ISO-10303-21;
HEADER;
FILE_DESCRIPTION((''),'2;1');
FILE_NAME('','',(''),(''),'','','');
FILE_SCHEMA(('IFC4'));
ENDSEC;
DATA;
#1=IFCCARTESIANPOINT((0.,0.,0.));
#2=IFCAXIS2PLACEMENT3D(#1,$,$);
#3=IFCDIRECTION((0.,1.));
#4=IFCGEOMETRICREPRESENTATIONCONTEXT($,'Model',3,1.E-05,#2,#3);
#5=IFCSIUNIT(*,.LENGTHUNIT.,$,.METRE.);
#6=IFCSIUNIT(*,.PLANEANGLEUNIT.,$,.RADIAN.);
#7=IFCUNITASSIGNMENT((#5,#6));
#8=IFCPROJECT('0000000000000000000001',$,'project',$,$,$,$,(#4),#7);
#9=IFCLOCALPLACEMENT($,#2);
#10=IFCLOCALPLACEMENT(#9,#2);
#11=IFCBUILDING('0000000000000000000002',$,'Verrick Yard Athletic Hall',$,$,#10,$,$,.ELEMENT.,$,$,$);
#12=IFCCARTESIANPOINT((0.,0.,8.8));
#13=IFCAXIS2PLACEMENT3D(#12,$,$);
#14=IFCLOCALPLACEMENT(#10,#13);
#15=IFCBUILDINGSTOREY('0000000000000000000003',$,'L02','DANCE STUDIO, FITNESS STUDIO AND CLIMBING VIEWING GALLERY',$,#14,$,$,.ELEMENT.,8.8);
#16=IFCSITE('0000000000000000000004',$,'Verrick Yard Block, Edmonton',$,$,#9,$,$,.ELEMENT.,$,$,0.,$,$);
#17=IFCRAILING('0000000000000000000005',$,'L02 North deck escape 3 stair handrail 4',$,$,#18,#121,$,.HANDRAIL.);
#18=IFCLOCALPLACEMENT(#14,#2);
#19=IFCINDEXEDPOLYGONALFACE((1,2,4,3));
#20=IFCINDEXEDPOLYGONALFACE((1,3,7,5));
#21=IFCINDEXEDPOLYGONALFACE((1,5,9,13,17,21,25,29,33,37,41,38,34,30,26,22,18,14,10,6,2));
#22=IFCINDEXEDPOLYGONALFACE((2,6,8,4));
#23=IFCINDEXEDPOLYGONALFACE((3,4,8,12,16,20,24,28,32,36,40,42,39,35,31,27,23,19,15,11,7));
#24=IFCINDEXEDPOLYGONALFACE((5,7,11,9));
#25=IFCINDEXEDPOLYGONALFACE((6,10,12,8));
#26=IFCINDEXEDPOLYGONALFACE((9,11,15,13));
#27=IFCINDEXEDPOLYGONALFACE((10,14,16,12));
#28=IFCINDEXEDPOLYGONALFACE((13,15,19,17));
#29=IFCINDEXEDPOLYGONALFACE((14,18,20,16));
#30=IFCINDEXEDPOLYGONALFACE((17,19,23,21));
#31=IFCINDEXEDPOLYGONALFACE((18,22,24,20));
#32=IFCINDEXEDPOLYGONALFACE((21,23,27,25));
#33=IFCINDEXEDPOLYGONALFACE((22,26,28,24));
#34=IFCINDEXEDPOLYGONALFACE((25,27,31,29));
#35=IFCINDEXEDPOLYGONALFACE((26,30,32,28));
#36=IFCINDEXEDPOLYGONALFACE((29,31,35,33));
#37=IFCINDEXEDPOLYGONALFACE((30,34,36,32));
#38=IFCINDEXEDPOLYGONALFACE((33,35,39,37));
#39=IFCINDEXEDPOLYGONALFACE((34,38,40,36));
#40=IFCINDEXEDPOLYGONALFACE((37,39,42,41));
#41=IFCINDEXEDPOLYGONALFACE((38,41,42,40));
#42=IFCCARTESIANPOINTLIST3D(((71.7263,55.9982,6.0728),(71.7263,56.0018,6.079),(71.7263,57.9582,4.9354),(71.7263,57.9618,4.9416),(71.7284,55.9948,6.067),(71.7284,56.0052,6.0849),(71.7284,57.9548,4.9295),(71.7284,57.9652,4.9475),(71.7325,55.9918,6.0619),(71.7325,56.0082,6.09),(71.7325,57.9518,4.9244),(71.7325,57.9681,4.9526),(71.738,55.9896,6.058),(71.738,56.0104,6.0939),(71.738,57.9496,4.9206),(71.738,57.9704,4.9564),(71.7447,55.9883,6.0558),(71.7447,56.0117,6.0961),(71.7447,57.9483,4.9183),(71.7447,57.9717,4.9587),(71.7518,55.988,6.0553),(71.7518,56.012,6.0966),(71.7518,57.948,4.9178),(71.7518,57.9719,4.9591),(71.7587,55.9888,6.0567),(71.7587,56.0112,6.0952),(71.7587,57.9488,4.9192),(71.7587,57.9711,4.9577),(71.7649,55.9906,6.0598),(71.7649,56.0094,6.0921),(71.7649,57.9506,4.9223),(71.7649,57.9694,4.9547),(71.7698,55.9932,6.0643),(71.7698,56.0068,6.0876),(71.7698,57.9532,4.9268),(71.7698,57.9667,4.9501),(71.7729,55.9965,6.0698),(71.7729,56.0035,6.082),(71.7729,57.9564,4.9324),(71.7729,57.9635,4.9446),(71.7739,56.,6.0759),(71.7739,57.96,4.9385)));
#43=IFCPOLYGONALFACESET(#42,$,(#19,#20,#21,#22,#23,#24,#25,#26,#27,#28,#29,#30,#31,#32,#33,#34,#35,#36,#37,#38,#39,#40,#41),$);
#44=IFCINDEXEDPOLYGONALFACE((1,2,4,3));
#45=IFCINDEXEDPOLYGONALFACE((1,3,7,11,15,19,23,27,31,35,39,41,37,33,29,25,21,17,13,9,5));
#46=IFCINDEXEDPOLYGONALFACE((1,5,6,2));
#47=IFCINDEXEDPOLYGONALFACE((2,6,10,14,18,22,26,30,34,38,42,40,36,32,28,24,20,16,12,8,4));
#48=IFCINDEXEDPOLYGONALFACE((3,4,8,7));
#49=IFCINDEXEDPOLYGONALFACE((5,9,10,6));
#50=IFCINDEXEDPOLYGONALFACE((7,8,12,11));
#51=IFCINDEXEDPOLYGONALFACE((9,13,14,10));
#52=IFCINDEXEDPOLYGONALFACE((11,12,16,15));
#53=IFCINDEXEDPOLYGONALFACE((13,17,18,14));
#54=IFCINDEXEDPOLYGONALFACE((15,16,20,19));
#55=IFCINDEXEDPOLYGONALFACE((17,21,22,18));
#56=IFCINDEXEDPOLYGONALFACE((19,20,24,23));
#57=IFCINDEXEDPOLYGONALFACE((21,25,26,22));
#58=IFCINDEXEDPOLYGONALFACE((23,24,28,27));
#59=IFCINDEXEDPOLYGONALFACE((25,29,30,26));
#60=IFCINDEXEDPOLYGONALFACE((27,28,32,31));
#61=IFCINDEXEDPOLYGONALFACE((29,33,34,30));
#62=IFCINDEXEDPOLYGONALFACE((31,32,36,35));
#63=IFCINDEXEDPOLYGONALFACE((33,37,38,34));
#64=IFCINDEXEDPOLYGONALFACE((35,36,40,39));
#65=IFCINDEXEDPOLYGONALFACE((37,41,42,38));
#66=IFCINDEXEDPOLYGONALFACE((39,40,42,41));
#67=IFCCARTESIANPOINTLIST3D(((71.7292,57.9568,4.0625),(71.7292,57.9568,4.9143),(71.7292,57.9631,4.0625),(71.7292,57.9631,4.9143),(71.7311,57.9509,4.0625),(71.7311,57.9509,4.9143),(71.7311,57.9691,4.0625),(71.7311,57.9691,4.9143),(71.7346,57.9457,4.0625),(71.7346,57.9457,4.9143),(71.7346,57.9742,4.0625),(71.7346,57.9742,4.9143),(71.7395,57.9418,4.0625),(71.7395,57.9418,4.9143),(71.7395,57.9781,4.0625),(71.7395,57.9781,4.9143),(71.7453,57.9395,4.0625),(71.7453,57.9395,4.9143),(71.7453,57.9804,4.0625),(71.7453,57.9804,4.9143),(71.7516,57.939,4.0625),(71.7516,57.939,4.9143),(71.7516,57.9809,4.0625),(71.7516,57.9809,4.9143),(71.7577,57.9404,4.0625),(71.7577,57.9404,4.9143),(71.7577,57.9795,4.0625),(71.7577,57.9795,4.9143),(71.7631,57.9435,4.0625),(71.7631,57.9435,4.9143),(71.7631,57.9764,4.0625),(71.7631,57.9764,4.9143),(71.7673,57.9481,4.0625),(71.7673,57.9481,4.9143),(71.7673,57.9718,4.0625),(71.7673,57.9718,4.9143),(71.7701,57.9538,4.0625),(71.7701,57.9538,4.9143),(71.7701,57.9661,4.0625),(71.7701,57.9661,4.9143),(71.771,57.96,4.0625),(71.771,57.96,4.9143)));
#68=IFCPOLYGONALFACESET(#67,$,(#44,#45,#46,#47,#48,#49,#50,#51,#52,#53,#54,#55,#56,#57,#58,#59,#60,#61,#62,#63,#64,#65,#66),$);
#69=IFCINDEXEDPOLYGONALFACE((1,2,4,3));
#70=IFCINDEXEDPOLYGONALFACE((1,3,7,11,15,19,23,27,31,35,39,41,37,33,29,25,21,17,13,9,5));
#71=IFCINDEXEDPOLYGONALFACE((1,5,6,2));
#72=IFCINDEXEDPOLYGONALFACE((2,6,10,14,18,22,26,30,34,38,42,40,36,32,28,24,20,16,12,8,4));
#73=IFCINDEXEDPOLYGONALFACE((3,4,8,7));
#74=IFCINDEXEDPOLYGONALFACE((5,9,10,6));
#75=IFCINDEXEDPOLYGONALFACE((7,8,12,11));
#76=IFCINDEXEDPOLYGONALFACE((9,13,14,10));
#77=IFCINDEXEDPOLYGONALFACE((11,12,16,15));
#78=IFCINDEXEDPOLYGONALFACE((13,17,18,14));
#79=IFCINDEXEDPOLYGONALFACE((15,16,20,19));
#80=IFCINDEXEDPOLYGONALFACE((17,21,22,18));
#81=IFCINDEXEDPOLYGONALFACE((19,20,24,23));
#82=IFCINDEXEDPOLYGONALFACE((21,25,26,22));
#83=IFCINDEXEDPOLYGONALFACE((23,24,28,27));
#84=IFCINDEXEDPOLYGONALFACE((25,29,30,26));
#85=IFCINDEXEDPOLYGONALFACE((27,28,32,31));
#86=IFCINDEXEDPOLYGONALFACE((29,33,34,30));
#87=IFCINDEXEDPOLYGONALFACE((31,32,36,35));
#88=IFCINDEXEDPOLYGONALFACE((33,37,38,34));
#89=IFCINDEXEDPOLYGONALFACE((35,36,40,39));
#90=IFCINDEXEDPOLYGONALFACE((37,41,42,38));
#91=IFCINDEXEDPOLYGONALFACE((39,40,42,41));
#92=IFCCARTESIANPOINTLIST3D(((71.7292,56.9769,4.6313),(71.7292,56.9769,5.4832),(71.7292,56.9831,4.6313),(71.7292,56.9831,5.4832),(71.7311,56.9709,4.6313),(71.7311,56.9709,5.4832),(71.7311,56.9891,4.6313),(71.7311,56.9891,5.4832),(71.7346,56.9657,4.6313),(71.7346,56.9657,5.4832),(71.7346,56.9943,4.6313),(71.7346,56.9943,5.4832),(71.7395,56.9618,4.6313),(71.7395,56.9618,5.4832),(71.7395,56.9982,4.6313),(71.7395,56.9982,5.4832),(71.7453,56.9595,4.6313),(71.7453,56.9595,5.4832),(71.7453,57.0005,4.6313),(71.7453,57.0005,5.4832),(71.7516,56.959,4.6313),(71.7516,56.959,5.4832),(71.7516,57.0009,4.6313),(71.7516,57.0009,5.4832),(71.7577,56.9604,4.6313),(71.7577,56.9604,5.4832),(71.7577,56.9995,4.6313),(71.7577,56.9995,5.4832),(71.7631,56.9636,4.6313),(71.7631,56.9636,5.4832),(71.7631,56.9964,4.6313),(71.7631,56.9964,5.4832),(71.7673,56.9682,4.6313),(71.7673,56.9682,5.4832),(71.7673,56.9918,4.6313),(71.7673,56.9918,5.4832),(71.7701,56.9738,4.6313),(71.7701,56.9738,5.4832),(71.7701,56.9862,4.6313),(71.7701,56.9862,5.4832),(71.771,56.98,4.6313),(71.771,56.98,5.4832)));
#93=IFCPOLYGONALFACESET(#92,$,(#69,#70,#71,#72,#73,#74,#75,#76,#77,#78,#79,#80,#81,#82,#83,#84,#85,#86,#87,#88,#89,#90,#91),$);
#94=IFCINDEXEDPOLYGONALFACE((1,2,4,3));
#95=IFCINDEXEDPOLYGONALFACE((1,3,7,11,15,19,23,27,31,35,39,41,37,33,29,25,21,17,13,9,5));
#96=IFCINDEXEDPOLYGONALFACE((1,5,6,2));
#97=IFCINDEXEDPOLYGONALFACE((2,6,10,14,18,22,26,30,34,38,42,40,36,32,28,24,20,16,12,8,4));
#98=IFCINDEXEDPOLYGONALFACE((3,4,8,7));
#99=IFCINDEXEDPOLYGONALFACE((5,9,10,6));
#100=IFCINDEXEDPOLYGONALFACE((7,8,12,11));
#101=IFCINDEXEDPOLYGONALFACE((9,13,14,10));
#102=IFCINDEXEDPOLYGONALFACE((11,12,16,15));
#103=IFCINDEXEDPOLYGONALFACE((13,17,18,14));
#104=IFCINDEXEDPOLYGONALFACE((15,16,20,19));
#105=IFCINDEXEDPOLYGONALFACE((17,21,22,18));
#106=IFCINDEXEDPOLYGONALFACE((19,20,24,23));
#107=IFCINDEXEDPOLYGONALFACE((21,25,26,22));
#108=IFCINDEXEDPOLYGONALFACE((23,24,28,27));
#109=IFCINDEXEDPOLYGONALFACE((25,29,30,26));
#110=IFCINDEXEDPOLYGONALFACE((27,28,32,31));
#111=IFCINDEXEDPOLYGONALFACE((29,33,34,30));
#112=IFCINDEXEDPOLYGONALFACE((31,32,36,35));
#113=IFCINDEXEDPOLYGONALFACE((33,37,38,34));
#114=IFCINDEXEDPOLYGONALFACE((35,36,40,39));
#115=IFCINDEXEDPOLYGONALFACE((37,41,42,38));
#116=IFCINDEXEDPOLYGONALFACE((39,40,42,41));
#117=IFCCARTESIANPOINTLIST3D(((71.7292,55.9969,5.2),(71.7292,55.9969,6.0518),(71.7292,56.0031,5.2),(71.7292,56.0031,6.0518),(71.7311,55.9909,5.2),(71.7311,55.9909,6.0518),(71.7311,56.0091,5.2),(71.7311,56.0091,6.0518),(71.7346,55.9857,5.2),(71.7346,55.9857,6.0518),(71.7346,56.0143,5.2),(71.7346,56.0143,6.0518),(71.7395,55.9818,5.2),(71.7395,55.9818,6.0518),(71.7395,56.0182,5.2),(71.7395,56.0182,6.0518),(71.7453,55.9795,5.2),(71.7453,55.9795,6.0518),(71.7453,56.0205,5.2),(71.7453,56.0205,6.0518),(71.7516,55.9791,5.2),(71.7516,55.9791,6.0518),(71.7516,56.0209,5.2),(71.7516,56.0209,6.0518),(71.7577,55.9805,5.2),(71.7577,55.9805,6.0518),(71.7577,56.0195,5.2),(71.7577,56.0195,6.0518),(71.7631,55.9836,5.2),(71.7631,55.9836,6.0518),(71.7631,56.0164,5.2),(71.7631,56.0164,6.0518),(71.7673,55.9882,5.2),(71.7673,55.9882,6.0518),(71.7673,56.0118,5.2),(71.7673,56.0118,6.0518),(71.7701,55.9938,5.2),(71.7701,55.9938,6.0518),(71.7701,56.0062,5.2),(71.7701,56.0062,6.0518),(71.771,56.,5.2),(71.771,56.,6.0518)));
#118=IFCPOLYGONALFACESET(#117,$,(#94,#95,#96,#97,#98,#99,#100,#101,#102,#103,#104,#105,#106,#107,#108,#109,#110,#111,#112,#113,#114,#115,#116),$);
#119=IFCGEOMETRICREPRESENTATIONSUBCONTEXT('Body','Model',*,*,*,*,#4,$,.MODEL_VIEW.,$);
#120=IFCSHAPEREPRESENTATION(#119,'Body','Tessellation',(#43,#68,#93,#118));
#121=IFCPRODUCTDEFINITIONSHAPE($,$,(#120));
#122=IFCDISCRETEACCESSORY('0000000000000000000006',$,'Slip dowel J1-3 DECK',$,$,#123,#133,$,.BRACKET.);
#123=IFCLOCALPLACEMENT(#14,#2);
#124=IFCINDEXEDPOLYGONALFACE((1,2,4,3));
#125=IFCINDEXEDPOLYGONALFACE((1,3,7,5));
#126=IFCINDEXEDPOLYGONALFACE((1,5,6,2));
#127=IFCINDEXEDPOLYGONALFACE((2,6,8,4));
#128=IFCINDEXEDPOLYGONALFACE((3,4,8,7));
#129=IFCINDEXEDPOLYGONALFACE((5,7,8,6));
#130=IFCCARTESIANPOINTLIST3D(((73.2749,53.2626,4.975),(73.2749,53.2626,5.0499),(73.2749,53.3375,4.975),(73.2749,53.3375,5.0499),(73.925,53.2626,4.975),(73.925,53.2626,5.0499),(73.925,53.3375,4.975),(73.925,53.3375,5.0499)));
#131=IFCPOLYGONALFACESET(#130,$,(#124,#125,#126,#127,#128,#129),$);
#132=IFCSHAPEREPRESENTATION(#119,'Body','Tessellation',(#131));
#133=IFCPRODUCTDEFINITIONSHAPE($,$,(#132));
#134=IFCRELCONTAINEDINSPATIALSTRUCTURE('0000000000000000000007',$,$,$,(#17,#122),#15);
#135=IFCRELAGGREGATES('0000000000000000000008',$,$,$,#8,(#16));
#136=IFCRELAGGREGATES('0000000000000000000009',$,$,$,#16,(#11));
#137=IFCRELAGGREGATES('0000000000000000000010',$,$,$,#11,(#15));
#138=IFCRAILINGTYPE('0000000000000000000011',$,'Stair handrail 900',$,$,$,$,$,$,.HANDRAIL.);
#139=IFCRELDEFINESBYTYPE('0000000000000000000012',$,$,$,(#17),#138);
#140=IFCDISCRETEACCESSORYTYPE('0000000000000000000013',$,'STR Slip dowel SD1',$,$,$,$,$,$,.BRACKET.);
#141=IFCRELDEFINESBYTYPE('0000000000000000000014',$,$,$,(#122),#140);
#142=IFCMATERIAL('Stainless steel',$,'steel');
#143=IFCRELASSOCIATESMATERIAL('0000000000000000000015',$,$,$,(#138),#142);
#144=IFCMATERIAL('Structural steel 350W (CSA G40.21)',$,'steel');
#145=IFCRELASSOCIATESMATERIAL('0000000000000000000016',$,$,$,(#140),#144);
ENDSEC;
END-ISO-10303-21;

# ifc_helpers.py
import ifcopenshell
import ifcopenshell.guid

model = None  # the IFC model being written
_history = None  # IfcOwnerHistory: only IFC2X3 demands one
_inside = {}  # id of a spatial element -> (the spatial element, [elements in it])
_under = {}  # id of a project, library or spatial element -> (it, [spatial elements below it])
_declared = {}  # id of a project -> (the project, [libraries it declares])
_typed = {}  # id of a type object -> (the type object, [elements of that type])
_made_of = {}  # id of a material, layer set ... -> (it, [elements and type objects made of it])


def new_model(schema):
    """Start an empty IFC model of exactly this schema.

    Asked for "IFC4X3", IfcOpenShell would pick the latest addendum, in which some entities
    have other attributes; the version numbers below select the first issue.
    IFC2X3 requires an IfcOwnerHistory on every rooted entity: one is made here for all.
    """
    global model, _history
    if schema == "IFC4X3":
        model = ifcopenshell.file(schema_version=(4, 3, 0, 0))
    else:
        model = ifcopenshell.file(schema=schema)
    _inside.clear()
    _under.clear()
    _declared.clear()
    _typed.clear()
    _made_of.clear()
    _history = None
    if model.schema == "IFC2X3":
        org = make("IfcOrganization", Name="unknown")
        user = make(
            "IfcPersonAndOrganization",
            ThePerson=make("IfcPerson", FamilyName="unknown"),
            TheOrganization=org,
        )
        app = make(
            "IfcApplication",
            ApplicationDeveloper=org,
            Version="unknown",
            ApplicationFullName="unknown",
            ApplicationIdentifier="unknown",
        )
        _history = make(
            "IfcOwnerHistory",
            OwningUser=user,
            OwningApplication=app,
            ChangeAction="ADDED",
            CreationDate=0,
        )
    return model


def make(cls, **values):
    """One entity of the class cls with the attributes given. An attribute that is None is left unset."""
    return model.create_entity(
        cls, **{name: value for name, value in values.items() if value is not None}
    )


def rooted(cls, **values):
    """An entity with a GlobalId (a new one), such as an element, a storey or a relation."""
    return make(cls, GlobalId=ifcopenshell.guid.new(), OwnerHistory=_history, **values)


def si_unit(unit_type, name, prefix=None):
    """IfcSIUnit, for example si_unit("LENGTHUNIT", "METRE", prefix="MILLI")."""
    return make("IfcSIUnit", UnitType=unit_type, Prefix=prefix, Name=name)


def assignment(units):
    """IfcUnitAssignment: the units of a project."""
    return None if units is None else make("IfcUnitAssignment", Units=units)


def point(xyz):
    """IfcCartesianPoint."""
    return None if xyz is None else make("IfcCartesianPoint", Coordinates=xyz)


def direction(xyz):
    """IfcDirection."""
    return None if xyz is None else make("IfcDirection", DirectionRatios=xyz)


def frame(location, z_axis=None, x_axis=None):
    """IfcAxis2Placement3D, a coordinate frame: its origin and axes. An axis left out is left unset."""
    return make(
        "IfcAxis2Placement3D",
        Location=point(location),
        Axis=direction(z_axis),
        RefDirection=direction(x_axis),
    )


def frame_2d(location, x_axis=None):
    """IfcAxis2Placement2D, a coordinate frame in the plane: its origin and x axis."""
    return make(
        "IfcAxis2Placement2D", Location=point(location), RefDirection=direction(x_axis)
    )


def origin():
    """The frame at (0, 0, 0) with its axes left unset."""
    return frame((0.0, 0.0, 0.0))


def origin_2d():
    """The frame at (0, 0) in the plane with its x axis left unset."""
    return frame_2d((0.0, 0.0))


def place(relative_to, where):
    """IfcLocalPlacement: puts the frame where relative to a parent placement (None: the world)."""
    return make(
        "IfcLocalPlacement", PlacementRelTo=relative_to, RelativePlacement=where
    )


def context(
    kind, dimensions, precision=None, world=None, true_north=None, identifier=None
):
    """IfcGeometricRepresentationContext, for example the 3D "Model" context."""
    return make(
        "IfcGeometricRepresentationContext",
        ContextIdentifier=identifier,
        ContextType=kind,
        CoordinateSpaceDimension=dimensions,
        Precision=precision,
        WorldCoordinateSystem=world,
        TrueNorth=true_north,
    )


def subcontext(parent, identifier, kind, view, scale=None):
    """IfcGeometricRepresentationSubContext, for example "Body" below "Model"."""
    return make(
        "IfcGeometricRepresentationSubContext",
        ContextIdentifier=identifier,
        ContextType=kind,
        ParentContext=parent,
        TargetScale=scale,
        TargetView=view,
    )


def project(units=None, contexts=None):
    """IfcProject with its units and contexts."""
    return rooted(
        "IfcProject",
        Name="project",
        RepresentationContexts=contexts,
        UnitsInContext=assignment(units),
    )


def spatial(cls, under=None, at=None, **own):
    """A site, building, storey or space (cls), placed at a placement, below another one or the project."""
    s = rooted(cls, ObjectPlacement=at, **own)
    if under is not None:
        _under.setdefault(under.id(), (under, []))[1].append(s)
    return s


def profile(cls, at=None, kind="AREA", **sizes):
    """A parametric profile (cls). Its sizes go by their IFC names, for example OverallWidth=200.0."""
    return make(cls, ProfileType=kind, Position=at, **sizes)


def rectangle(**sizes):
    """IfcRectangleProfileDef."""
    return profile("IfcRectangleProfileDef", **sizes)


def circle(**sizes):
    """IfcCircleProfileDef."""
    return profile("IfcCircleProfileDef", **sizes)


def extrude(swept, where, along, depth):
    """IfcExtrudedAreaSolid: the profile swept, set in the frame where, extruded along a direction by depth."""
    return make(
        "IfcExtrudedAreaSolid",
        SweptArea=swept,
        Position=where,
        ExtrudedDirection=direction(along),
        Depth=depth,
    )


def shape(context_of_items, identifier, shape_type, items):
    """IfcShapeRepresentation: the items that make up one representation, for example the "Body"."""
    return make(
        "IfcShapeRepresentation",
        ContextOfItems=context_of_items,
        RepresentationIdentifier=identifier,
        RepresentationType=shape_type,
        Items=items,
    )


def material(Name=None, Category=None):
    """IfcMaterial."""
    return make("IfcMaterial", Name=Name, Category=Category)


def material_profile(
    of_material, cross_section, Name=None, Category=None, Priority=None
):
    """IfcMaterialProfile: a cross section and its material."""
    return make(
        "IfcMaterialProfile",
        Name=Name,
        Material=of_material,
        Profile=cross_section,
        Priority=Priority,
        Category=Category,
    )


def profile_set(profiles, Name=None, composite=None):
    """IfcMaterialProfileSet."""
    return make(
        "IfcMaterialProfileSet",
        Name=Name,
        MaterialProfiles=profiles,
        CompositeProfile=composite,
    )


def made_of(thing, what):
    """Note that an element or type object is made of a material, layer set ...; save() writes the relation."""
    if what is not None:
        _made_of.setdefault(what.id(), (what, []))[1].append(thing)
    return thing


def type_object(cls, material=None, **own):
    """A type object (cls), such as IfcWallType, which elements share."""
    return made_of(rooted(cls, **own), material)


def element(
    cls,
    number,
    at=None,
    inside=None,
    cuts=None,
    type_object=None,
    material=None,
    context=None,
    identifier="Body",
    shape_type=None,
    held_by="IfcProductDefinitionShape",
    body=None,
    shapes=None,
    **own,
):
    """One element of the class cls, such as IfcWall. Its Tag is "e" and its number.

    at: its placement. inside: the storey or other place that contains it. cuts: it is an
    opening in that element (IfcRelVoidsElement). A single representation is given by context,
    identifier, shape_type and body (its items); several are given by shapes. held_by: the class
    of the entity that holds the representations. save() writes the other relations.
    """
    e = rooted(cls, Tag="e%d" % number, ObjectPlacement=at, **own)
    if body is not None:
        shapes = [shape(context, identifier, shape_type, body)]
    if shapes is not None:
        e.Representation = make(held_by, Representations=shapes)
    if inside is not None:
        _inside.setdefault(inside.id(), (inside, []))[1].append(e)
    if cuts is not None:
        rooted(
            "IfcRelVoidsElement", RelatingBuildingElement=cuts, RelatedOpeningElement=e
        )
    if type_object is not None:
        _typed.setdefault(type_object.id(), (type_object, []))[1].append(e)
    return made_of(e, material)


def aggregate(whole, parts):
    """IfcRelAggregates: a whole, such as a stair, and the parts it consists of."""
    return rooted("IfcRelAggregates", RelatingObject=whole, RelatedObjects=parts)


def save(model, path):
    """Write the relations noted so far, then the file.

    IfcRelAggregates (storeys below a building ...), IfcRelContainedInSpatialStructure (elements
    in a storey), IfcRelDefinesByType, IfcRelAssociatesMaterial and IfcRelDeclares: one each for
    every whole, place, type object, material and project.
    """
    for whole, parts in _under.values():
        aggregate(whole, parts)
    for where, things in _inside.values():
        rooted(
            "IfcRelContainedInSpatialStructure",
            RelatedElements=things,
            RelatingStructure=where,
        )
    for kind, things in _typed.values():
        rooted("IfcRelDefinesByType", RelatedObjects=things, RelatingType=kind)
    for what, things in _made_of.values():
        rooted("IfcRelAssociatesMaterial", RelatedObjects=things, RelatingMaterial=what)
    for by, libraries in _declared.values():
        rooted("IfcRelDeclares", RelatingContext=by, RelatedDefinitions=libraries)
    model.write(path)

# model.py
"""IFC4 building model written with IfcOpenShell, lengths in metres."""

from ifc_helpers import new_model, si_unit, direction, frame, origin, origin_2d, place, context, subcontext, project, spatial, rectangle, circle, extrude, material, material_profile, profile_set, type_object, element, save


model = new_model("IFC4")

# Units and contexts
model_context = context("Model", 3, precision=1e-05, world=origin(), true_north=direction((0.0, 1.0)))
body_context = subcontext(model_context, "Body", "Model", "MODEL_VIEW")
ifc_project = project(units=[si_unit("LENGTHUNIT", "METRE"), si_unit("PLANEANGLEUNIT", "RADIAN")], contexts=[model_context])

# Site, building, storey
site_placement = place(None, origin())
site = spatial("IfcSite", under=ifc_project, at=site_placement, Name="Verrick Yard Block, Edmonton", CompositionType="ELEMENT", RefElevation=0.0)
building_placement = place(site_placement, origin())
building = spatial("IfcBuilding", under=site, at=building_placement, Name="Verrick Yard Athletic Hall", CompositionType="ELEMENT")
storey_placement = place(building_placement, frame((0.0, 0.0, 8.8)))
storey = spatial("IfcBuildingStorey", under=building, at=storey_placement, Name="L02", Description="DANCE STUDIO, FITNESS STUDIO AND CLIMBING VIEWING GALLERY", CompositionType="ELEMENT", Elevation=8.8)

# Shared definitions
ifc_material_1 = material(Name="Structural steel 350W (CSA G40.21)", Category="steel")

# Railing
ifc_material_2 = material(Name="Stainless steel", Category="steel")
railing_type_1 = type_object("IfcRailingType", Name="Stair handrail 900", PredefinedType="HANDRAIL", material=ifc_material_2)
railing_1_placement = place(storey_placement, frame((71.75, 57.96, 4.0625)))
element("IfcRailing", 1, at=railing_1_placement, inside=storey, type_object=railing_type_1, Name="L02 North deck escape 3 stair handrail 4", PredefinedType="HANDRAIL", context=body_context, shape_type="SweptSolid", body=[
    extrude(circle(Radius=0.0239, at=origin_2d()), frame((0.0, 0.0, 0.876), z_axis=(0.0, -0.864902, 0.501941), x_axis=(1.0, 0.0, 0.0)), (0.0, 0.0, 1.0), 2.2661),
    extrude(circle(Radius=0.021, at=origin_2d()), origin(), (0.0, 0.0, 1.0), 0.8518),
    extrude(circle(Radius=0.021, at=origin_2d()), frame((0.0, -0.98, 0.5688)), (0.0, 0.0, 1.0), 0.8518),
    extrude(circle(Radius=0.021, at=origin_2d()), frame((0.0, -1.96, 1.1375)), (0.0, 0.0, 1.0), 0.8518),
])

# Discrete accessory
ifc_material_profile_1 = material_profile(ifc_material_1, rectangle(XDim=0.075, YDim=0.075, at=origin_2d()), Name="STR Slip dowel SD1")
ifc_profile_set_1 = profile_set([ifc_material_profile_1], Name="Structural steel 350W (CSA G40.21)")
discrete_accessory_type = type_object("IfcDiscreteAccessoryType", Name="STR Slip dowel SD1", PredefinedType="BRACKET", material=ifc_profile_set_1)
discrete_accessory_placement = place(storey_placement, frame((73.2749, 53.3, 5.0125), z_axis=(1.0, 0.0, 0.0), x_axis=(0.0, 1.0, 0.0)))
element("IfcDiscreteAccessory", 2, at=discrete_accessory_placement, inside=storey, type_object=discrete_accessory_type, Name="Slip dowel J1-3 DECK", PredefinedType="BRACKET", context=body_context, shape_type="SweptSolid", body=[
    extrude(rectangle(XDim=0.075, YDim=0.075, at=origin_2d()), origin(), (0.0, 0.0, 1.0), 0.6501),
])

save(model, "model.ifc")
